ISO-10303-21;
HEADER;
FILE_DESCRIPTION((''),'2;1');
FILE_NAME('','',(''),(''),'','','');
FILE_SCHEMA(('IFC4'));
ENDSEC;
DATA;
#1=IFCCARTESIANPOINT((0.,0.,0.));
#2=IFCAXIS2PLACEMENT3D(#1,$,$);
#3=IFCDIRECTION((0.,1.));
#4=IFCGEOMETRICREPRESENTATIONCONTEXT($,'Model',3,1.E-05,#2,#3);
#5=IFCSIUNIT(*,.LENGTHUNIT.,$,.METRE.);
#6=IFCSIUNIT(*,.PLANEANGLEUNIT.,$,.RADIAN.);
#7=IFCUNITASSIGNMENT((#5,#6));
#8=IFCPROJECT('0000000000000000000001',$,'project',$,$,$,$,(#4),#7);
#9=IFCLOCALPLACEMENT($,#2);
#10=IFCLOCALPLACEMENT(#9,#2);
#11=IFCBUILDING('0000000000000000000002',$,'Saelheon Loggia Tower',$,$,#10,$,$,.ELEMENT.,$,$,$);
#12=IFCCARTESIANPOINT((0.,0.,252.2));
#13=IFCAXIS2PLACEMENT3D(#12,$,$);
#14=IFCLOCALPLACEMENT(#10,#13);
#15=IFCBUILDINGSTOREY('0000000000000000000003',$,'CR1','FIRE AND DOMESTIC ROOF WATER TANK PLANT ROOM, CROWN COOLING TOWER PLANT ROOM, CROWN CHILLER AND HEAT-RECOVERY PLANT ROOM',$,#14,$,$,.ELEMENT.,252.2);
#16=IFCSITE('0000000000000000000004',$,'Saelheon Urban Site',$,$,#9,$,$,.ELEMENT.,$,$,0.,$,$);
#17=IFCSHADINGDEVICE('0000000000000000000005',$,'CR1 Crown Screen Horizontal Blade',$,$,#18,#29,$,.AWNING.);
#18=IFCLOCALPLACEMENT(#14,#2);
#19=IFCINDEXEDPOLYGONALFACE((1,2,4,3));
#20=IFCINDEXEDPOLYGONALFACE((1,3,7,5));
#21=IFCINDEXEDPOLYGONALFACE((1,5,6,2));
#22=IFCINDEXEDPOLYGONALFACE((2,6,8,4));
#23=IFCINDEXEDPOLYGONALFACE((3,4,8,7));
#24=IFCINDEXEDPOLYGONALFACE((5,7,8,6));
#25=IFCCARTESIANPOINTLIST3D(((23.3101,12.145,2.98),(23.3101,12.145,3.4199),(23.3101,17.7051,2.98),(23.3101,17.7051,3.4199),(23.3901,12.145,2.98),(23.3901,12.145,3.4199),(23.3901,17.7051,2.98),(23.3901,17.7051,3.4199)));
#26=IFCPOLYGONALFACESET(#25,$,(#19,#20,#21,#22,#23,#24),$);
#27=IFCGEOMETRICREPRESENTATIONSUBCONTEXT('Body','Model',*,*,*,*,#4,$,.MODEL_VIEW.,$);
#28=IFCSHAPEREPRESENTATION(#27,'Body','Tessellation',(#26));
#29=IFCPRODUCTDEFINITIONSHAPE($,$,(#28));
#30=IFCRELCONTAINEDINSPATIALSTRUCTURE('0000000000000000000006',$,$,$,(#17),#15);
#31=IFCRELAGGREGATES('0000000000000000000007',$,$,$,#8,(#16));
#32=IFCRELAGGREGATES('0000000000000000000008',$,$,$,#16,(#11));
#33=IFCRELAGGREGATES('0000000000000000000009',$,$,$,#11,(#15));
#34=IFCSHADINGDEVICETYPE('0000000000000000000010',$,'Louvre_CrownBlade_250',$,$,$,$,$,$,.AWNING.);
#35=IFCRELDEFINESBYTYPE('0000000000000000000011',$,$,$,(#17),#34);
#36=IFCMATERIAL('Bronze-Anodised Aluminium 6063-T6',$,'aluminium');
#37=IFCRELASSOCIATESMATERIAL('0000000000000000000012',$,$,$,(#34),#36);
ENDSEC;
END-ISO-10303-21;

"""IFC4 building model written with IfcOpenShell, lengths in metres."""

from ifc_helpers import new_model, si_unit, direction, frame, origin, origin_2d, place, context, subcontext, project, spatial, rectangle, extrude, source, transform, mapped, material, material_profile, profile_set, type_object, element, save


model = new_model("IFC4")

# Units and contexts
model_context = context("Model", 3, precision=1e-05, world=origin(), true_north=direction((0.0, 1.0)))
body_context = subcontext(model_context, "Body", "Model", "MODEL_VIEW")
ifc_project = project(units=[si_unit("LENGTHUNIT", "METRE"), si_unit("PLANEANGLEUNIT", "RADIAN")], contexts=[model_context])

# Site, building, storey
site_placement = place(None, origin())
site = spatial("IfcSite", under=ifc_project, at=site_placement, Name="Saelheon Urban Site", CompositionType="ELEMENT", RefElevation=0.0)
building_placement = place(site_placement, origin())
building = spatial("IfcBuilding", under=site, at=building_placement, Name="Saelheon Loggia Tower", CompositionType="ELEMENT")
storey_placement = place(building_placement, frame((0.0, 0.0, 252.2)))
storey = spatial("IfcBuildingStorey", under=building, at=storey_placement, Name="CR1", Description="FIRE AND DOMESTIC ROOF WATER TANK PLANT ROOM, CROWN COOLING TOWER PLANT ROOM, CROWN CHILLER AND HEAT-RECOVERY PLANT ROOM", CompositionType="ELEMENT", Elevation=252.2)

# Shared definitions
ifc_material_1 = material(Name="Bronze-Anodised Aluminium 6063-T6", Category="aluminium")

# Shading device
ifc_material_profile_1 = material_profile(ifc_material_1, rectangle(XDim=0.0801, YDim=0.4399, at=origin_2d()), Name="Louvre_CrownBlade_250")
ifc_profile_set_1 = profile_set([ifc_material_profile_1], Name="Bronze-Anodised Aluminium 6063-T6")
shading_device_type = type_object("IfcShadingDeviceType", Name="Louvre_CrownBlade_250", PredefinedType="AWNING", material=ifc_profile_set_1)
shared_shape_1 = source(origin(), body_context, "Body", "SweptSolid", [
    extrude(rectangle(XDim=0.0801, YDim=0.4399, at=origin_2d()), origin(), (0.0, 0.0, 1.0), 5.5601),
])
for number, where, z_axis, x_axis, name in (
    (1, (23.3501, 17.7051, 3.2), (0.0, -1.0, 0.0), (1.0, 0.0, 0.0), "CR1 Crown Screen Horizontal Blade"),
):
    element("IfcShadingDevice", number, at=place(storey_placement, frame(where, z_axis=z_axis, x_axis=x_axis)), inside=storey, type_object=shading_device_type, Name=name, PredefinedType="AWNING", context=body_context, shape_type="MappedRepresentation", body=[
        mapped(shared_shape_1, transform((0.0, 0.0, 0.0), scale=1.0)),
    ])

save(model, "model.ifc")
